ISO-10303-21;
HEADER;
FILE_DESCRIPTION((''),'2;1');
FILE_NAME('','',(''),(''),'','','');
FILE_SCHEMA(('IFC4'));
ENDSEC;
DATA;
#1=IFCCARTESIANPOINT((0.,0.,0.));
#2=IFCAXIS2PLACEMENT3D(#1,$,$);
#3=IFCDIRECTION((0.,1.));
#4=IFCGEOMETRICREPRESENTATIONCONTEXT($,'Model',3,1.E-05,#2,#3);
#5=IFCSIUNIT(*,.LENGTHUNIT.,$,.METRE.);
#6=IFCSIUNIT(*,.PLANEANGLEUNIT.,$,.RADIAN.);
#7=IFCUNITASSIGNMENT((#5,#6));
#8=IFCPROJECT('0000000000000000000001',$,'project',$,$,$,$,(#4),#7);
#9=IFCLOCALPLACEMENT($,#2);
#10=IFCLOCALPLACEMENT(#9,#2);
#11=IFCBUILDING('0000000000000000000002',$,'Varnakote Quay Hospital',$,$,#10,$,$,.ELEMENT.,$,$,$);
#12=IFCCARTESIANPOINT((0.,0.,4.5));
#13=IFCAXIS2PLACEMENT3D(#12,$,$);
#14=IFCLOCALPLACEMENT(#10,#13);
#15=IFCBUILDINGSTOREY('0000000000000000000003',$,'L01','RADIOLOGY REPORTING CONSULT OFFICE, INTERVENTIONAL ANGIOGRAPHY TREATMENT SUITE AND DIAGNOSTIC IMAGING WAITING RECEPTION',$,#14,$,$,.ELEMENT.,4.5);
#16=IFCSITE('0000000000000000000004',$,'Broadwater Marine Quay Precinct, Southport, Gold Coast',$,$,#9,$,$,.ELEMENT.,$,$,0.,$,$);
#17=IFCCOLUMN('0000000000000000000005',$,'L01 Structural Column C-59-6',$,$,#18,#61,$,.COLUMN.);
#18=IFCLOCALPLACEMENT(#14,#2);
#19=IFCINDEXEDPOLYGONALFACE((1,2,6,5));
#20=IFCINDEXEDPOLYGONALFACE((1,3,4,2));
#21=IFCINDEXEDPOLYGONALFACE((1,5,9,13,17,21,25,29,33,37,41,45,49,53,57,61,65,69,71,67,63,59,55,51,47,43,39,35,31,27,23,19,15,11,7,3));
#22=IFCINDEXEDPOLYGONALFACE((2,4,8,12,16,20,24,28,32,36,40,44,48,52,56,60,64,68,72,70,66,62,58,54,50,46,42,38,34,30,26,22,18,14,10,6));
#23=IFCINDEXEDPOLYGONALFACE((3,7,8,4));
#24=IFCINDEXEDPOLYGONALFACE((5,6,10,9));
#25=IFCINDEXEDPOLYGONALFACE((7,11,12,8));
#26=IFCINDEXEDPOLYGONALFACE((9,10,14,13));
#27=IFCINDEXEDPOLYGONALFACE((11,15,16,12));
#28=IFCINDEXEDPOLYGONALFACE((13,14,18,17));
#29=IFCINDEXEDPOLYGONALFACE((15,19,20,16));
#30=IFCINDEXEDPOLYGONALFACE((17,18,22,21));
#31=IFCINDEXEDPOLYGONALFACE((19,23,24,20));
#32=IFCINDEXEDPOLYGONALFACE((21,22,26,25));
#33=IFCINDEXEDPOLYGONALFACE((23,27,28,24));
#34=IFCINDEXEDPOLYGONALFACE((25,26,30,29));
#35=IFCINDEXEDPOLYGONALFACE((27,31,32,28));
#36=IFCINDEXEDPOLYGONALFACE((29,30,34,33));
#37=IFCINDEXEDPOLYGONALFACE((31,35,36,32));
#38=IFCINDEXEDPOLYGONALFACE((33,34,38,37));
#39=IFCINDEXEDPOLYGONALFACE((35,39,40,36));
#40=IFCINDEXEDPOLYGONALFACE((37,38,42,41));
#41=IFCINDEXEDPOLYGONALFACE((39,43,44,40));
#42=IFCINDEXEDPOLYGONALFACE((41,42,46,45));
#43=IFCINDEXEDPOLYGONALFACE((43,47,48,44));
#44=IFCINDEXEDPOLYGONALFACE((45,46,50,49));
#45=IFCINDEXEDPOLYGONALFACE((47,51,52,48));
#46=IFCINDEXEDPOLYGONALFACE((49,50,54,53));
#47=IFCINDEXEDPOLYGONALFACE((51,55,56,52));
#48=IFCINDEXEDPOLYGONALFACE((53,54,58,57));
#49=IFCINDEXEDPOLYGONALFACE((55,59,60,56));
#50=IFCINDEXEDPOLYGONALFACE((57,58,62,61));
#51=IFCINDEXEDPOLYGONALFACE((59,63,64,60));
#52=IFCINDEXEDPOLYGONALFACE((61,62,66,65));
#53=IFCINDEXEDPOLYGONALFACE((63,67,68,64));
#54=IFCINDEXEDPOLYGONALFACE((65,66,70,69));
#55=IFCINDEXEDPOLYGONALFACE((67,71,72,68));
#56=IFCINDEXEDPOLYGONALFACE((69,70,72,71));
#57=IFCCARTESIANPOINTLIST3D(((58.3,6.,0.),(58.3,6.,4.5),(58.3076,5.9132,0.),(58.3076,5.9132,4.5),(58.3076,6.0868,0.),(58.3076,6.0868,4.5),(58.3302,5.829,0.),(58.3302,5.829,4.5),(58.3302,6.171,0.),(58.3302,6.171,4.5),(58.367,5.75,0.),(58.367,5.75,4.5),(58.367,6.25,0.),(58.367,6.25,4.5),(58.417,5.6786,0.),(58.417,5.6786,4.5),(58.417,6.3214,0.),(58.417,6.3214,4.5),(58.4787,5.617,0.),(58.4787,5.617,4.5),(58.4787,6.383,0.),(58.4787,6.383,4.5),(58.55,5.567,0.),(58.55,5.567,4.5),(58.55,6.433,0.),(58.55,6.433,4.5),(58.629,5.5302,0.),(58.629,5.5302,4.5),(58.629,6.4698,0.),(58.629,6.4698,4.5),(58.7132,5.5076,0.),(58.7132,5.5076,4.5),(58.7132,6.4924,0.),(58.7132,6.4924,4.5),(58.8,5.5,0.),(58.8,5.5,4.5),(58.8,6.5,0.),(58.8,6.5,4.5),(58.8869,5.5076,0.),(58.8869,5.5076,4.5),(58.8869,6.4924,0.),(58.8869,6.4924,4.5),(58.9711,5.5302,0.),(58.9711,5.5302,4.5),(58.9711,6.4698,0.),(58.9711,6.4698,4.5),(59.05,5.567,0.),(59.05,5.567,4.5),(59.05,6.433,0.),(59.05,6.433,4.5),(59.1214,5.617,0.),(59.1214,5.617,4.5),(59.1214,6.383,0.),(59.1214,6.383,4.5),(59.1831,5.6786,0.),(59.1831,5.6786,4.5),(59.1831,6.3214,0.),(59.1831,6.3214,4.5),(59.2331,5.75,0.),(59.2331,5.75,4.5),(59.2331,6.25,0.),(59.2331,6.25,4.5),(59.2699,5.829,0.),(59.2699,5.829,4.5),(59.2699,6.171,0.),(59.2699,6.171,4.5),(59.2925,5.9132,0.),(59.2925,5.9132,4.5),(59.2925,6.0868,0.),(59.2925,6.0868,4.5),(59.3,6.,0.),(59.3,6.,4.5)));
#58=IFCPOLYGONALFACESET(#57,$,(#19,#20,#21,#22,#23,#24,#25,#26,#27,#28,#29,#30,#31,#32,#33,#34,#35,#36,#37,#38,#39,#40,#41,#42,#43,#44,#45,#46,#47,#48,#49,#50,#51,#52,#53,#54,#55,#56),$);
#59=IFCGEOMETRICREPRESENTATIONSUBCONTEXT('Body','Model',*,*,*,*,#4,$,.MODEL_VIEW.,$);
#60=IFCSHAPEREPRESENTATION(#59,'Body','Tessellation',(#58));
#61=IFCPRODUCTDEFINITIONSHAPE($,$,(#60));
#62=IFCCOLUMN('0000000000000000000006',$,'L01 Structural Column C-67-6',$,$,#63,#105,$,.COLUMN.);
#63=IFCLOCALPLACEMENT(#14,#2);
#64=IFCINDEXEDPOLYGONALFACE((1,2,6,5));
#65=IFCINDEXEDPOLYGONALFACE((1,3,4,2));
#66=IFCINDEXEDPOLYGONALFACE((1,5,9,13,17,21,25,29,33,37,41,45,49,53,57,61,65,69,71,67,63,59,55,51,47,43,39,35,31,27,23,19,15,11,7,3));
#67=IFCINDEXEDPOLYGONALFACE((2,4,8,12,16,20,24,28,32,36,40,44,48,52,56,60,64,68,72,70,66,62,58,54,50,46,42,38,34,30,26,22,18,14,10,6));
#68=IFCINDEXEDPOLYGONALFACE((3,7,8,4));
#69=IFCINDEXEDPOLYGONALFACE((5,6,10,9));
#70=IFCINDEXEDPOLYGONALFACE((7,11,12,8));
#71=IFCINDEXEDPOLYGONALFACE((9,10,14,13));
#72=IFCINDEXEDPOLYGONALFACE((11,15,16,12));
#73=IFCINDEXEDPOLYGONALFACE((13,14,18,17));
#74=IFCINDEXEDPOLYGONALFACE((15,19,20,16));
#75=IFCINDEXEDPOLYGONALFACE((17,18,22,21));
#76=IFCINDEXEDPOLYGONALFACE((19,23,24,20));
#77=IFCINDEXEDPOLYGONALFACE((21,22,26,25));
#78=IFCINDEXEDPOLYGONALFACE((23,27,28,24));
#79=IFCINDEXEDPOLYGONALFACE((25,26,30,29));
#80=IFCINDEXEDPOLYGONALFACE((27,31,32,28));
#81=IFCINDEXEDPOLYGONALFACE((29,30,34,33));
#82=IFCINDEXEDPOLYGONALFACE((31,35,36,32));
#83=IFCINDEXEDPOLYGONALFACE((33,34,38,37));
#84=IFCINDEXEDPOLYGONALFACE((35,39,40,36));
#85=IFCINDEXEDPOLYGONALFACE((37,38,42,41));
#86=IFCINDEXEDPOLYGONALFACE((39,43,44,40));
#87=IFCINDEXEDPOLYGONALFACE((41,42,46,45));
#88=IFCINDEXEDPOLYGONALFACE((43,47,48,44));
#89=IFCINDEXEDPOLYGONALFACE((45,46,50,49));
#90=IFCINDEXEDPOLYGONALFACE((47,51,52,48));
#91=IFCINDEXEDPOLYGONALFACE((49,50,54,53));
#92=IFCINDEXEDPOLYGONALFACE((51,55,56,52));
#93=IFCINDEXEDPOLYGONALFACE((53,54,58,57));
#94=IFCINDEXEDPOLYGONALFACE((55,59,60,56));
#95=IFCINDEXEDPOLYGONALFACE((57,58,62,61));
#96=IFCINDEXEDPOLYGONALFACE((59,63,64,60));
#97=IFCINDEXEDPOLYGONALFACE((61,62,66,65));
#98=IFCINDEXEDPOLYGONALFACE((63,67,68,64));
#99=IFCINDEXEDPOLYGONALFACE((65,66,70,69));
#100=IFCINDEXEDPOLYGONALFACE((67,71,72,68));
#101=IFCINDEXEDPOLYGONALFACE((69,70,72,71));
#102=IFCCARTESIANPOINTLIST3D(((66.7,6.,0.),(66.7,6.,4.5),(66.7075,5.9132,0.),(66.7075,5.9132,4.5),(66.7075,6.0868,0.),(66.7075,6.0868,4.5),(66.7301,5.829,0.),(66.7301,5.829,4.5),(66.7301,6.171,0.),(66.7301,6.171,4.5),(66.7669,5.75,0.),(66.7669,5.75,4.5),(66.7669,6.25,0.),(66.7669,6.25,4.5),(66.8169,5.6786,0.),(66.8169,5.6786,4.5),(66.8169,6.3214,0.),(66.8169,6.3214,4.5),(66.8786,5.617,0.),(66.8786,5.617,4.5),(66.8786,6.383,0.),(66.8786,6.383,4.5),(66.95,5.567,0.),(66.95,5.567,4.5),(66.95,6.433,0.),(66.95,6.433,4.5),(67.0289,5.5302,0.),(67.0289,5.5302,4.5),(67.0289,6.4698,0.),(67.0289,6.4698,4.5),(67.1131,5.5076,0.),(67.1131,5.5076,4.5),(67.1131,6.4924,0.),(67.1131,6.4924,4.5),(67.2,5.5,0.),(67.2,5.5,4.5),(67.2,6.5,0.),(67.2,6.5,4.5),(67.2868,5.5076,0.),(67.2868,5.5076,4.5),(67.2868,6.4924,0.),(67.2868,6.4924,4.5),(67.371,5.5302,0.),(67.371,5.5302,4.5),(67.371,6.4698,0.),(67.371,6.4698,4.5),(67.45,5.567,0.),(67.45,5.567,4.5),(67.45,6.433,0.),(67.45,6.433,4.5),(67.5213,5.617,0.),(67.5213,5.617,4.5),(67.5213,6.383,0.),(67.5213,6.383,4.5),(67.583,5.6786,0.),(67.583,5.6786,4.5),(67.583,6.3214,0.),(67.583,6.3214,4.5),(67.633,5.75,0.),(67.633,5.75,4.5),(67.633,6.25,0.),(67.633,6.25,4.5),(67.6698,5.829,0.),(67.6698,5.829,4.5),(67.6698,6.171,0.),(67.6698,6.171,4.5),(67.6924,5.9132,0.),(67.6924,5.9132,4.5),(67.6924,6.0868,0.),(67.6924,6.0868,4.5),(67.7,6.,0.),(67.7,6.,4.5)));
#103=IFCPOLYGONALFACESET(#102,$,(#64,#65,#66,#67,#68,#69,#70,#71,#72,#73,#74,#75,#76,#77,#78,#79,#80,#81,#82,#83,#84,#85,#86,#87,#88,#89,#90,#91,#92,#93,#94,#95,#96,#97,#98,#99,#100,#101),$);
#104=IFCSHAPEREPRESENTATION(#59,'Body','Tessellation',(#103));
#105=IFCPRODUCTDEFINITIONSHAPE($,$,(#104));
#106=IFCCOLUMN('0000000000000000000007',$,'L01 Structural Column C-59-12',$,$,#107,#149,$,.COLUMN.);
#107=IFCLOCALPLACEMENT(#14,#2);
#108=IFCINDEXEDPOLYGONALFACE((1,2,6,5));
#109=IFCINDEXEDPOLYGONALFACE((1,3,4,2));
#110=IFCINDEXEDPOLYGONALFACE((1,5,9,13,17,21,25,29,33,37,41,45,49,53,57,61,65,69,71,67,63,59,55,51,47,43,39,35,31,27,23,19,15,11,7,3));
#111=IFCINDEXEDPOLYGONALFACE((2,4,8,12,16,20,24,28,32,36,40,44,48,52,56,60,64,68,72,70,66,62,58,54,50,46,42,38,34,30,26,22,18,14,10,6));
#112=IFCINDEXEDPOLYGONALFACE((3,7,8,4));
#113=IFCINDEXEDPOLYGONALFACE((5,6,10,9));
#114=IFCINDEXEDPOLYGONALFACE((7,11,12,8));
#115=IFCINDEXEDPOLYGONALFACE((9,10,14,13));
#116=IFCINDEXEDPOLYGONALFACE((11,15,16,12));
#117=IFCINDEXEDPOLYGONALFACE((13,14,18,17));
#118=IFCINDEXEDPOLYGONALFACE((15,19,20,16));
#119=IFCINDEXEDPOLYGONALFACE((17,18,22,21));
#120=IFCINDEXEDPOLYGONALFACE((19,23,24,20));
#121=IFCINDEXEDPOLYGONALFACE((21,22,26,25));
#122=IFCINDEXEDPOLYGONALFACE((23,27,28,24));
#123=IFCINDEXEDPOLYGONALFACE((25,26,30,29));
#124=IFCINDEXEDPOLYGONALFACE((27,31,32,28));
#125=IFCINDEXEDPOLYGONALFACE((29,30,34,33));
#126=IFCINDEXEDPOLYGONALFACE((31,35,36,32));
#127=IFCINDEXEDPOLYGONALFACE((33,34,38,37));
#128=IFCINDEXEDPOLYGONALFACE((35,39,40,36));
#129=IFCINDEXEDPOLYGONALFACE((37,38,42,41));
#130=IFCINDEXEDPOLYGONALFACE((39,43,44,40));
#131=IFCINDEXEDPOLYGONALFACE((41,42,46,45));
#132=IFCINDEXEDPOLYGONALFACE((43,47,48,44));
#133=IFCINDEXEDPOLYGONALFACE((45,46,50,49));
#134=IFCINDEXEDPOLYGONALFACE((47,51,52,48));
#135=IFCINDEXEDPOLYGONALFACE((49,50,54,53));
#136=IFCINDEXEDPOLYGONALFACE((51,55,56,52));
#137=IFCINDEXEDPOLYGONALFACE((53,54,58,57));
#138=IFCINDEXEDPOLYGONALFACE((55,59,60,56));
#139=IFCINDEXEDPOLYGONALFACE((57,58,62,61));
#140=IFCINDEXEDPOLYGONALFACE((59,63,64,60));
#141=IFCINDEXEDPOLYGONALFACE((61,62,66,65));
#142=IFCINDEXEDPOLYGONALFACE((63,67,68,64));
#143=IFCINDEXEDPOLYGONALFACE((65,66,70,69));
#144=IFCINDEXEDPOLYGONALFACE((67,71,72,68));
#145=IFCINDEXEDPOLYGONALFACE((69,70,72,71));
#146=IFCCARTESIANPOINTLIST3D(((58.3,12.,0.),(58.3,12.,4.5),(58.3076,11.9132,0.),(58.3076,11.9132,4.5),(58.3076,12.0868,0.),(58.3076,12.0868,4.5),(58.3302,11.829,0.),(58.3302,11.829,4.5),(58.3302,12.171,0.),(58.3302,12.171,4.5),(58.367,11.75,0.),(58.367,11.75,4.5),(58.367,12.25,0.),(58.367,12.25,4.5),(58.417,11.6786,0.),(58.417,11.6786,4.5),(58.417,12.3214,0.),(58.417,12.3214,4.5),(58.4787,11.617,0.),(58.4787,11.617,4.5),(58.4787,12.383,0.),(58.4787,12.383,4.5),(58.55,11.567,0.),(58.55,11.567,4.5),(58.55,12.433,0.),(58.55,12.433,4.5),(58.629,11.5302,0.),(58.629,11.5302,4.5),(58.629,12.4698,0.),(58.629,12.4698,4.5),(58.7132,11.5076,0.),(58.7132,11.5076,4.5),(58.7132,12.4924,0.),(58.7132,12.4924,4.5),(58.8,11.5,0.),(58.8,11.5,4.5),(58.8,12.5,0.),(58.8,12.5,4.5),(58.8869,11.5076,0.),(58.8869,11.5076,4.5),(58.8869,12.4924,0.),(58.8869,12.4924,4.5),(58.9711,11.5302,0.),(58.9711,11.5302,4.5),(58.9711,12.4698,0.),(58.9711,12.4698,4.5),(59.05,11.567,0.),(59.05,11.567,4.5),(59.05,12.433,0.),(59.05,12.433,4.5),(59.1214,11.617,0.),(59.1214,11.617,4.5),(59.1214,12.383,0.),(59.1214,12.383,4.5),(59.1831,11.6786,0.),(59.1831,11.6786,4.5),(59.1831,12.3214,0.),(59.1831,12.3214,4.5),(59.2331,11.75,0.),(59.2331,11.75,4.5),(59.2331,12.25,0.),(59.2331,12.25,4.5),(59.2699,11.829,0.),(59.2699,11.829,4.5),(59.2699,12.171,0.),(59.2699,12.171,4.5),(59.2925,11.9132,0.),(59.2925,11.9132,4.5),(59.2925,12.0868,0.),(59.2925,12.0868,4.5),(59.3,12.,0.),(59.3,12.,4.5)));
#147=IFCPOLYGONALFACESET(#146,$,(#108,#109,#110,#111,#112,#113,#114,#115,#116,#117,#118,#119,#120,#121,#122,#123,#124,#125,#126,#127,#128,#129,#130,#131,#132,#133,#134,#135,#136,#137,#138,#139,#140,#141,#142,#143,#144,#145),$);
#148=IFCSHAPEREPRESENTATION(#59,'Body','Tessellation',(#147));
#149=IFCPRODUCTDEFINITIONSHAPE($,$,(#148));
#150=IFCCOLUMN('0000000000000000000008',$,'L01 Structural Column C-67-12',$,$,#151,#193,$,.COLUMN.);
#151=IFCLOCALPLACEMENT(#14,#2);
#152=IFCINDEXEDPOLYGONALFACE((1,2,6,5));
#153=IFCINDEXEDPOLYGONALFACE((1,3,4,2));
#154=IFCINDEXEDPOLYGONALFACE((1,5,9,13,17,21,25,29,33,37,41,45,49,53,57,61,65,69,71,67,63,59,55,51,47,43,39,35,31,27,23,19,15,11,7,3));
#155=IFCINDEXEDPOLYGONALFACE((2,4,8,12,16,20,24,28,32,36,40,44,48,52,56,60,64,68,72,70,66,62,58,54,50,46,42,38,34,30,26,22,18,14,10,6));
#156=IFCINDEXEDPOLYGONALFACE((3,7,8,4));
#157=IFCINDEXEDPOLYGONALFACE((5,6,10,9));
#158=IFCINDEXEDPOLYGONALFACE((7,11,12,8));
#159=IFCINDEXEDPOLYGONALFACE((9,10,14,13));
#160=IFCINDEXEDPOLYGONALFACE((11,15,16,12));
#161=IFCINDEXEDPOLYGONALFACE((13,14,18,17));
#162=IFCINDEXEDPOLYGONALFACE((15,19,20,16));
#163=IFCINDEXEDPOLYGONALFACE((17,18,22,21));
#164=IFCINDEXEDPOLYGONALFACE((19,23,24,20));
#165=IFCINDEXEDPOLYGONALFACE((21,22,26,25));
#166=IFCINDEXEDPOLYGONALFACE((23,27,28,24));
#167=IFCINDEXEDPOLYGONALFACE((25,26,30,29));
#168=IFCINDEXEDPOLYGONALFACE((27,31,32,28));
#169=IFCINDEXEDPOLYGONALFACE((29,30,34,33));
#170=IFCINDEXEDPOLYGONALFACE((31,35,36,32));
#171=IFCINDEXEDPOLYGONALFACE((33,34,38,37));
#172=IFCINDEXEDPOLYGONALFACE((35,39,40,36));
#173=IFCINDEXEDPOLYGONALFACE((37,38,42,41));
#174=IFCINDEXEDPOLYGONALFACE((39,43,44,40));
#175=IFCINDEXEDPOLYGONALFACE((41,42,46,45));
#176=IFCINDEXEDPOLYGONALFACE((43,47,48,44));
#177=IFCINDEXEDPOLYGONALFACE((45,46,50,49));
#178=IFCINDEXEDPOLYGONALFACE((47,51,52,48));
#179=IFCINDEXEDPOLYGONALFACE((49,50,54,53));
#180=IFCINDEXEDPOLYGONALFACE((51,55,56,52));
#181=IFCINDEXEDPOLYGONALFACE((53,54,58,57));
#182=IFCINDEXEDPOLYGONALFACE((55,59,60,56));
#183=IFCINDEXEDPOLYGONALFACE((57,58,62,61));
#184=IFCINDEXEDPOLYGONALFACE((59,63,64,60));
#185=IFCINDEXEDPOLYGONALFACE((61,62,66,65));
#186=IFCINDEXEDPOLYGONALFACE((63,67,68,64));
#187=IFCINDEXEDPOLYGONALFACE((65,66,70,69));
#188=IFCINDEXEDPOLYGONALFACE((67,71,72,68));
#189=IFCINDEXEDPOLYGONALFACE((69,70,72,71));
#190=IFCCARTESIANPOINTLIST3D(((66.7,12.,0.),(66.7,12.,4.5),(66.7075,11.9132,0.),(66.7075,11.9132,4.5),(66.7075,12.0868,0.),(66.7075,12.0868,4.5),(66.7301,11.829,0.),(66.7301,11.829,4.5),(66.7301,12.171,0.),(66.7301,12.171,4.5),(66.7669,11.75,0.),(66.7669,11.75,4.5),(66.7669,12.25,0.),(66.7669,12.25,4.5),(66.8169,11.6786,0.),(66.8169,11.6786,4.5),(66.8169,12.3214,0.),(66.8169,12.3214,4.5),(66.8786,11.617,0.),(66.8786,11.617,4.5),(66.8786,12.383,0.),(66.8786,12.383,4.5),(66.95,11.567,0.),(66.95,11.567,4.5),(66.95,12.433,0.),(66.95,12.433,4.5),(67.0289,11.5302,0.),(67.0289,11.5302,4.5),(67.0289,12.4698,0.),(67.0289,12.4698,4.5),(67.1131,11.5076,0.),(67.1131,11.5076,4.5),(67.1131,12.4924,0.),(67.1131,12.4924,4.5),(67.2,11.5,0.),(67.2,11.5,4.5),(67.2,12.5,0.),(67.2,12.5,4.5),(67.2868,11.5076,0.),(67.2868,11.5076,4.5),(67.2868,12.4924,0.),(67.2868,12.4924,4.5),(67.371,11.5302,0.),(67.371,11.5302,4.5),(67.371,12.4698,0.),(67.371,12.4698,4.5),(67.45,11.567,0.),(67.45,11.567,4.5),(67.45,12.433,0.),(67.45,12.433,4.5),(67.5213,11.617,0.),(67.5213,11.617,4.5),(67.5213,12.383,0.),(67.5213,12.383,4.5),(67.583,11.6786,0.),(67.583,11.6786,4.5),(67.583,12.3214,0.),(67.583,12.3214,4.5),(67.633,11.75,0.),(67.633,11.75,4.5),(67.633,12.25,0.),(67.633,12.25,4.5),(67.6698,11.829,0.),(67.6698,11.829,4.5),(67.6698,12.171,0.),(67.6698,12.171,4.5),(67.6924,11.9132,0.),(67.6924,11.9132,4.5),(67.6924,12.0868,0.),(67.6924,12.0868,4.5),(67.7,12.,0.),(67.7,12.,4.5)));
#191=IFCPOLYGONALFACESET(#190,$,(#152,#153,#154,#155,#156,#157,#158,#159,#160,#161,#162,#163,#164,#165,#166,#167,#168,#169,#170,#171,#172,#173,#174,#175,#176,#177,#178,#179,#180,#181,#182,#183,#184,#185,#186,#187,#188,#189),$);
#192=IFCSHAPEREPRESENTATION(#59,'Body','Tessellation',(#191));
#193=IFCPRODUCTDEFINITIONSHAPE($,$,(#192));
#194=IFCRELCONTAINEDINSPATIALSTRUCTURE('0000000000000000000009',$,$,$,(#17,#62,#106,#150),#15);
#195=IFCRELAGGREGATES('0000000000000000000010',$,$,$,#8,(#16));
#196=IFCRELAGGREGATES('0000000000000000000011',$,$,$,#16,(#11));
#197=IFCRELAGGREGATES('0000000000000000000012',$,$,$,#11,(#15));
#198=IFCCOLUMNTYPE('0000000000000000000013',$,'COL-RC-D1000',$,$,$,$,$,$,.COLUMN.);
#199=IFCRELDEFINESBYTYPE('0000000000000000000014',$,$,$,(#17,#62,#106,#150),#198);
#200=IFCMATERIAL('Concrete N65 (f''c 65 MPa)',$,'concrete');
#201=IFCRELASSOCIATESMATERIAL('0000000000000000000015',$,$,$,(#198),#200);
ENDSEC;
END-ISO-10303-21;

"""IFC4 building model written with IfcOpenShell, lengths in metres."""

from ifc_helpers import new_model, si_unit, direction, frame, origin, origin_2d, place, context, subcontext, project, spatial, circle, extrude, material, material_profile, profile_set, type_object, element, save


model = new_model("IFC4")

# Units and contexts
model_context = context("Model", 3, precision=1e-05, world=origin(), true_north=direction((0.0, 1.0)))
body_context = subcontext(model_context, "Body", "Model", "MODEL_VIEW")
ifc_project = project(units=[si_unit("LENGTHUNIT", "METRE"), si_unit("PLANEANGLEUNIT", "RADIAN")], contexts=[model_context])

# Site, building, storey
site_placement = place(None, origin())
site = spatial("IfcSite", under=ifc_project, at=site_placement, Name="Broadwater Marine Quay Precinct, Southport, Gold Coast", CompositionType="ELEMENT", RefElevation=0.0)
building_placement = place(site_placement, origin())
building = spatial("IfcBuilding", under=site, at=building_placement, Name="Varnakote Quay Hospital", CompositionType="ELEMENT")
storey_placement = place(building_placement, frame((0.0, 0.0, 4.5)))
storey = spatial("IfcBuildingStorey", under=building, at=storey_placement, Name="L01", Description="RADIOLOGY REPORTING CONSULT OFFICE, INTERVENTIONAL ANGIOGRAPHY TREATMENT SUITE AND DIAGNOSTIC IMAGING WAITING RECEPTION", CompositionType="ELEMENT", Elevation=4.5)

# Columns
ifc_material_1 = material(Name="Concrete N65 (f'c 65 MPa)", Category="concrete")
ifc_material_profile_1 = material_profile(ifc_material_1, circle(Radius=0.5, at=origin_2d()), Name="RC-COL-D1000")
ifc_profile_set_1 = profile_set([ifc_material_profile_1], Name="Concrete N65 (f'c 65 MPa)")
column_type = type_object("IfcColumnType", Name="COL-RC-D1000", PredefinedType="COLUMN", material=ifc_profile_set_1)
for number, where, z_axis, x_axis, name in (
    (1, (58.8, 6.0, 0.0), (0.0, 0.0, 1.0), (1.0, 0.0, 0.0), "L01 Structural Column C-59-6"),
    (2, (67.2, 6.0, 0.0), (0.0, 0.0, 1.0), (1.0, 0.0, 0.0), "L01 Structural Column C-67-6"),
    (3, (58.8, 12.0, 0.0), (0.0, 0.0, 1.0), (1.0, 0.0, 0.0), "L01 Structural Column C-59-12"),
    (4, (67.2, 12.0, 0.0), (0.0, 0.0, 1.0), (1.0, 0.0, 0.0), "L01 Structural Column C-67-12"),
):
    element("IfcColumn", number, at=place(storey_placement, frame(where, z_axis=z_axis, x_axis=x_axis)), inside=storey, type_object=column_type, Name=name, PredefinedType="COLUMN", context=body_context, shape_type="SweptSolid", body=[
        extrude(circle(Radius=0.5, at=origin_2d()), origin(), (0.0, 0.0, 1.0), 4.5),
    ])

save(model, "model.ifc")
